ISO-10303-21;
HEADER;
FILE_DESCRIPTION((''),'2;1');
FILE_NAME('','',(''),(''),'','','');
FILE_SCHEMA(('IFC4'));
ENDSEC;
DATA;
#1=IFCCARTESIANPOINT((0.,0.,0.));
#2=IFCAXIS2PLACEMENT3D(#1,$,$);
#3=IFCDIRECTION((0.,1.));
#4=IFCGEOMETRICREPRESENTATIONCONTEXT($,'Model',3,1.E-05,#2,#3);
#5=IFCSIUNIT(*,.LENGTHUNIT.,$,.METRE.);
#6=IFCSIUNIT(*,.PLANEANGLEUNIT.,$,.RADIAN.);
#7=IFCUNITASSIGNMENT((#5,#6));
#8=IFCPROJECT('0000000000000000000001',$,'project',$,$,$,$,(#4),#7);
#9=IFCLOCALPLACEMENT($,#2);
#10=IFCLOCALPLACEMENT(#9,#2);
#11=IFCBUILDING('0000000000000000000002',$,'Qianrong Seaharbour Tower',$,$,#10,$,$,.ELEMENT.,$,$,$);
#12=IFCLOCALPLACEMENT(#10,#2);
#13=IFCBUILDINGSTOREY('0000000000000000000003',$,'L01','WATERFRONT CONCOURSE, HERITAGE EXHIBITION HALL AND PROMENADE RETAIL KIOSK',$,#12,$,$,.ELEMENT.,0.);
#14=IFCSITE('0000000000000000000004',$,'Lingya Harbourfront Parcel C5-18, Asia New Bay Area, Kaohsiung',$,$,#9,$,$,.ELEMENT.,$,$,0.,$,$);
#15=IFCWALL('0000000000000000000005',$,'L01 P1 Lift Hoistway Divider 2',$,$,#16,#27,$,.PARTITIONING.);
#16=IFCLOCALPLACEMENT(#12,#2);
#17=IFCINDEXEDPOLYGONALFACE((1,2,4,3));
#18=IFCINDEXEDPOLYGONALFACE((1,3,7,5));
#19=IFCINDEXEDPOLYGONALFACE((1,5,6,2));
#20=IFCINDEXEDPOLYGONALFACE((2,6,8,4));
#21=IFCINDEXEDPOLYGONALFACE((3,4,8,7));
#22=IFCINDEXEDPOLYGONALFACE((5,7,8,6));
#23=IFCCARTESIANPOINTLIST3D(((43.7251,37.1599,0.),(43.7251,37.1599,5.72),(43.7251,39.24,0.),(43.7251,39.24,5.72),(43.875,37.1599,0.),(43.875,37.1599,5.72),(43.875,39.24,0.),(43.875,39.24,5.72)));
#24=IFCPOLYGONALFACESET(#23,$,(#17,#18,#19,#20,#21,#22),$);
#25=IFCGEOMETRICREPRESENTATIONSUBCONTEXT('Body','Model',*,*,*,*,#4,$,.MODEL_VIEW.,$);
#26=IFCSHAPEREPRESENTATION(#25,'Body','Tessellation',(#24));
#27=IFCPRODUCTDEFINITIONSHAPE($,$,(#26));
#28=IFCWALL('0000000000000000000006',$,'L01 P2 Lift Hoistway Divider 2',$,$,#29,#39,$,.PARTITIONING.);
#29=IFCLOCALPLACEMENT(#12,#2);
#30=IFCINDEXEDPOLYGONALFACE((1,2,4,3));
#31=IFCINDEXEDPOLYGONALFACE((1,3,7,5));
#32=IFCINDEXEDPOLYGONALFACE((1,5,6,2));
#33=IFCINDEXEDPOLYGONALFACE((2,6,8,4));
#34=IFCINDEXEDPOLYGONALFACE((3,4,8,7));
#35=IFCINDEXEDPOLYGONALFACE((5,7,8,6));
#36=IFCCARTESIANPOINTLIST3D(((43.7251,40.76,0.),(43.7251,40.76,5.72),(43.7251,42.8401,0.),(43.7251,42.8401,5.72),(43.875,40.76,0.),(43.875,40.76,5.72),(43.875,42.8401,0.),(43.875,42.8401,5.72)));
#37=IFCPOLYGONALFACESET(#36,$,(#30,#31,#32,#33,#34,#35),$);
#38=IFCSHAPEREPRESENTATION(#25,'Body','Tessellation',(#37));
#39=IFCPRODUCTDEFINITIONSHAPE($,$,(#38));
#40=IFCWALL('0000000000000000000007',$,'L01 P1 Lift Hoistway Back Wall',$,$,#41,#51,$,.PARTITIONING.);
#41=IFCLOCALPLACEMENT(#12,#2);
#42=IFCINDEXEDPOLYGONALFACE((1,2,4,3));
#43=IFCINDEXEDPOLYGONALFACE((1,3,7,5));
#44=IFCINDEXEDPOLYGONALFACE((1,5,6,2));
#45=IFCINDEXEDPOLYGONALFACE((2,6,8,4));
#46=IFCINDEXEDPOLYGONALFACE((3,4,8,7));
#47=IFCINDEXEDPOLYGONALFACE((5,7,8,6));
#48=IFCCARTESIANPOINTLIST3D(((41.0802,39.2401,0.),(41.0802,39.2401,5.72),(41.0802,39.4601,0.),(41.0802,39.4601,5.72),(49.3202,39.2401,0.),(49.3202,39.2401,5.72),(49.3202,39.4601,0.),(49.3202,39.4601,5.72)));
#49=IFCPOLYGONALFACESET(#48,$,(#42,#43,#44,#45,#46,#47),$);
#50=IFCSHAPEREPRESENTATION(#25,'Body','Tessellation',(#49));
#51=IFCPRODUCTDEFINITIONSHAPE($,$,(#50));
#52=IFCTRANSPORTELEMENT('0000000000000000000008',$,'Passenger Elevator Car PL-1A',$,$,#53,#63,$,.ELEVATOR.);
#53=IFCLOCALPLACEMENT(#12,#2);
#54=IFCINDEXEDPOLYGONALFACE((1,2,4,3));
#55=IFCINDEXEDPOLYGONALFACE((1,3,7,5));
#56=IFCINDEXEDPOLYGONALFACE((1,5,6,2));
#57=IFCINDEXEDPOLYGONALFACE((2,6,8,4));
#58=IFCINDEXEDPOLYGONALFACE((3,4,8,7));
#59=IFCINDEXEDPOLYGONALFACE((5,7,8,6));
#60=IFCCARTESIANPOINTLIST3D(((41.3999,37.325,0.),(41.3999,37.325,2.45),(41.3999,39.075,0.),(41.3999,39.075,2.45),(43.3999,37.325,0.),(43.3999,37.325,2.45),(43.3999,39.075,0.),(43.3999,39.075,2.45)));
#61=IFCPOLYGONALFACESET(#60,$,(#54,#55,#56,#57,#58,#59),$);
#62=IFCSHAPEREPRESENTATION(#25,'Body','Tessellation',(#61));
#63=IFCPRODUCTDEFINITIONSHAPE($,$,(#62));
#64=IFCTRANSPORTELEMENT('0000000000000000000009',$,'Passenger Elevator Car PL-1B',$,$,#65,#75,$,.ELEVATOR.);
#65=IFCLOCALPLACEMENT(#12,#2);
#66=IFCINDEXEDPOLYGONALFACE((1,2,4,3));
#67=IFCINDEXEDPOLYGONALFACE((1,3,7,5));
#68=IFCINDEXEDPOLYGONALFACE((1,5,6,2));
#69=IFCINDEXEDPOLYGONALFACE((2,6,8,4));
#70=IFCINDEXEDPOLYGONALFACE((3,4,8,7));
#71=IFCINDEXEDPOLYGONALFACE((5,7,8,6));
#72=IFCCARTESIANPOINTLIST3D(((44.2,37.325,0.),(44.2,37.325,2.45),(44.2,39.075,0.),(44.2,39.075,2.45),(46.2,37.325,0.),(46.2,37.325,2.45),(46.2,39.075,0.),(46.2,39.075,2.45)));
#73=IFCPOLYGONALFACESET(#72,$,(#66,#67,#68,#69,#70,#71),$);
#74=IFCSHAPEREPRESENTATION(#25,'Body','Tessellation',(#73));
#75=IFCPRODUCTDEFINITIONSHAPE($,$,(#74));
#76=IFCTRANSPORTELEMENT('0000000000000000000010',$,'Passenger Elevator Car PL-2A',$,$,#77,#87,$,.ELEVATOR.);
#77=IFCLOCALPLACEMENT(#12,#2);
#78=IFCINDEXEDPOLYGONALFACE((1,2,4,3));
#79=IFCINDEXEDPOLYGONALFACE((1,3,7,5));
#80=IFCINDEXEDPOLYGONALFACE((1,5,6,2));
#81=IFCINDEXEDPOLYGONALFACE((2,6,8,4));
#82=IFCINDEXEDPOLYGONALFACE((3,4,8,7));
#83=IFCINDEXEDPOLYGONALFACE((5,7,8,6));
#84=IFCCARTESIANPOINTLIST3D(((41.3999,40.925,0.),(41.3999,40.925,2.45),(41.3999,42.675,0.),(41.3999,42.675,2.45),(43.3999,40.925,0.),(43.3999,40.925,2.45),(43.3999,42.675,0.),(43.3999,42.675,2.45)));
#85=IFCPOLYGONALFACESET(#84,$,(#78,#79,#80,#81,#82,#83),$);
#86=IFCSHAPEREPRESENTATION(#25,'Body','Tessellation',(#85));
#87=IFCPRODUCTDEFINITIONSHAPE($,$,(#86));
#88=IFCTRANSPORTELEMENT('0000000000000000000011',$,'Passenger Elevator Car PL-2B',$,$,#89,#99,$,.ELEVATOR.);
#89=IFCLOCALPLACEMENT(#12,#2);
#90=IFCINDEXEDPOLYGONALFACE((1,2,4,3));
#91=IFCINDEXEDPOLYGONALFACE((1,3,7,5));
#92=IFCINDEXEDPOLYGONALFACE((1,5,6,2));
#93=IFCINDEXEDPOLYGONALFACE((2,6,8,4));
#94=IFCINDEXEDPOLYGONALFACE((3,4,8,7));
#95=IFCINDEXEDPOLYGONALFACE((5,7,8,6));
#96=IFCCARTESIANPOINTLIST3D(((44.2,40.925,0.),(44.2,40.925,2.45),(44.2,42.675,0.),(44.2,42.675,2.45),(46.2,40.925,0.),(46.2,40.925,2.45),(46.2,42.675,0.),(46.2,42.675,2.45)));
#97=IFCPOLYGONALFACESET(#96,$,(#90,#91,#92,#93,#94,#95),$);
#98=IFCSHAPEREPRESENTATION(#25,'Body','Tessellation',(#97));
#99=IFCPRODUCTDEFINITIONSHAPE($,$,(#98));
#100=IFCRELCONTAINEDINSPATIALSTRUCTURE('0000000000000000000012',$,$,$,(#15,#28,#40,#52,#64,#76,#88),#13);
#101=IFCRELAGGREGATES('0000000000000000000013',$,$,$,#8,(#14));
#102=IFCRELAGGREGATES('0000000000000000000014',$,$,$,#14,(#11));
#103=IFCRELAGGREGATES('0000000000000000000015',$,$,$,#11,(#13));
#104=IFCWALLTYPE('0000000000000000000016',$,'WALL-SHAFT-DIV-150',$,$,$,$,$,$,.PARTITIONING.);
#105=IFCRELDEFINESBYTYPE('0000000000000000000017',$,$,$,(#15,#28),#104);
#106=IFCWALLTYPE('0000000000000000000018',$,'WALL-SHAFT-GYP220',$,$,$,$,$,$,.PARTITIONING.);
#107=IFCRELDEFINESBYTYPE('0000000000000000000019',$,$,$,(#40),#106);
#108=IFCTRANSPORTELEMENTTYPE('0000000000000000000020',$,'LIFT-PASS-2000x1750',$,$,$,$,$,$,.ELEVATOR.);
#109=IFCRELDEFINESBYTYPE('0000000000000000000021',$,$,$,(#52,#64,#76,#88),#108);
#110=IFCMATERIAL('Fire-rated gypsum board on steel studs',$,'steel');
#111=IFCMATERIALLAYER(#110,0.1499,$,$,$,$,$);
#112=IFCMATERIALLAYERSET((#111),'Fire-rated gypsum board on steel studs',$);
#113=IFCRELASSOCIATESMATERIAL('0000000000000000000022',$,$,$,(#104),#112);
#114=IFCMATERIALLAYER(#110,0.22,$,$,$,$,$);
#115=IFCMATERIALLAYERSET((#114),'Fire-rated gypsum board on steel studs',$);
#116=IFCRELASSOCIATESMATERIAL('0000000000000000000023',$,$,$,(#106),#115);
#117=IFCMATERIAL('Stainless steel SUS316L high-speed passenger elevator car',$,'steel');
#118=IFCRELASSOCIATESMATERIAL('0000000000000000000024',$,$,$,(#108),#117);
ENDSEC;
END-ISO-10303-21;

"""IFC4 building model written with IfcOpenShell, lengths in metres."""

from ifc_helpers import new_model, si_unit, direction, frame, frame_2d, origin, origin_2d, place, context, subcontext, project, spatial, rectangle, extrude, material, layer, layer_set, type_object, element, save


model = new_model("IFC4")

# Units and contexts
model_context = context("Model", 3, precision=1e-05, world=origin(), true_north=direction((0.0, 1.0)))
body_context = subcontext(model_context, "Body", "Model", "MODEL_VIEW")
ifc_project = project(units=[si_unit("LENGTHUNIT", "METRE"), si_unit("PLANEANGLEUNIT", "RADIAN")], contexts=[model_context])

# Site, building, storey
site_placement = place(None, origin())
site = spatial("IfcSite", under=ifc_project, at=site_placement, Name="Lingya Harbourfront Parcel C5-18, Asia New Bay Area, Kaohsiung", CompositionType="ELEMENT", RefElevation=0.0)
building_placement = place(site_placement, origin())
building = spatial("IfcBuilding", under=site, at=building_placement, Name="Qianrong Seaharbour Tower", CompositionType="ELEMENT")
storey_placement = place(building_placement, origin())
storey = spatial("IfcBuildingStorey", under=building, at=storey_placement, Name="L01", Description="WATERFRONT CONCOURSE, HERITAGE EXHIBITION HALL AND PROMENADE RETAIL KIOSK", CompositionType="ELEMENT", Elevation=0.0)

# Walls
ifc_material_1 = material(Name="Fire-rated gypsum board on steel studs", Category="steel")
ifc_layer_1 = layer(ifc_material_1, 0.1499)
ifc_layer_set_1 = layer_set([ifc_layer_1], Name="Fire-rated gypsum board on steel studs")
wall_type_1 = type_object("IfcWallType", Name="WALL-SHAFT-DIV-150", PredefinedType="PARTITIONING", material=ifc_layer_set_1)
for number, where, z_axis, x_axis, name in (
    (1, (43.8, 37.1599, 0.0), (0.0, 0.0, 1.0), (0.0, 1.0, 0.0), "L01 P1 Lift Hoistway Divider 2"),
    (2, (43.8, 40.76, 0.0), (0.0, 0.0, 1.0), (0.0, 1.0, 0.0), "L01 P2 Lift Hoistway Divider 2"),
):
    element("IfcWall", number, at=place(storey_placement, frame(where, z_axis=z_axis, x_axis=x_axis)), inside=storey, type_object=wall_type_1, Name=name, PredefinedType="PARTITIONING", context=body_context, shape_type="SweptSolid", body=[
        extrude(rectangle(XDim=2.0801, YDim=0.1499, at=frame_2d((1.04, 0.0))), origin(), (0.0, 0.0, 1.0), 5.72),
    ])
ifc_layer_2 = layer(ifc_material_1, 0.22)
ifc_layer_set_2 = layer_set([ifc_layer_2], Name="Fire-rated gypsum board on steel studs")
wall_type_2 = type_object("IfcWallType", Name="WALL-SHAFT-GYP220", PredefinedType="PARTITIONING", material=ifc_layer_set_2)
wall_1_placement = place(storey_placement, frame((41.0801, 39.3501, 0.0), z_axis=(0.0, 0.0, 1.0), x_axis=(1.0, 0.0, 0.0)))
element("IfcWall", 3, at=wall_1_placement, inside=storey, type_object=wall_type_2, Name="L01 P1 Lift Hoistway Back Wall", PredefinedType="PARTITIONING", context=body_context, shape_type="SweptSolid", body=[
    extrude(rectangle(XDim=8.24, YDim=0.22, at=frame_2d((4.1201, 0.0))), origin(), (0.0, 0.0, 1.0), 5.72),
])

# Transport elements
ifc_material_2 = material(Name="Stainless steel SUS316L high-speed passenger elevator car", Category="steel")
transport_element_type = type_object("IfcTransportElementType", Name="LIFT-PASS-2000x1750", PredefinedType="ELEVATOR", material=ifc_material_2)
for number, where, z_axis, x_axis, name in (
    (4, (42.3999, 38.2, 0.0), (0.0, 0.0, 1.0), (1.0, 0.0, 0.0), "Passenger Elevator Car PL-1A"),
    (5, (45.2, 38.2, 0.0), (0.0, 0.0, 1.0), (1.0, 0.0, 0.0), "Passenger Elevator Car PL-1B"),
    (6, (42.3999, 41.8, 0.0), (0.0, 0.0, 1.0), (1.0, 0.0, 0.0), "Passenger Elevator Car PL-2A"),
    (7, (45.2, 41.8, 0.0), (0.0, 0.0, 1.0), (1.0, 0.0, 0.0), "Passenger Elevator Car PL-2B"),
):
    element("IfcTransportElement", number, at=place(storey_placement, frame(where, z_axis=z_axis, x_axis=x_axis)), inside=storey, type_object=transport_element_type, Name=name, PredefinedType="ELEVATOR", context=body_context, shape_type="SweptSolid", body=[
        extrude(rectangle(XDim=2.0, YDim=1.75, at=origin_2d()), origin(), (0.0, 0.0, 1.0), 2.45),
    ])

save(model, "model.ifc")
